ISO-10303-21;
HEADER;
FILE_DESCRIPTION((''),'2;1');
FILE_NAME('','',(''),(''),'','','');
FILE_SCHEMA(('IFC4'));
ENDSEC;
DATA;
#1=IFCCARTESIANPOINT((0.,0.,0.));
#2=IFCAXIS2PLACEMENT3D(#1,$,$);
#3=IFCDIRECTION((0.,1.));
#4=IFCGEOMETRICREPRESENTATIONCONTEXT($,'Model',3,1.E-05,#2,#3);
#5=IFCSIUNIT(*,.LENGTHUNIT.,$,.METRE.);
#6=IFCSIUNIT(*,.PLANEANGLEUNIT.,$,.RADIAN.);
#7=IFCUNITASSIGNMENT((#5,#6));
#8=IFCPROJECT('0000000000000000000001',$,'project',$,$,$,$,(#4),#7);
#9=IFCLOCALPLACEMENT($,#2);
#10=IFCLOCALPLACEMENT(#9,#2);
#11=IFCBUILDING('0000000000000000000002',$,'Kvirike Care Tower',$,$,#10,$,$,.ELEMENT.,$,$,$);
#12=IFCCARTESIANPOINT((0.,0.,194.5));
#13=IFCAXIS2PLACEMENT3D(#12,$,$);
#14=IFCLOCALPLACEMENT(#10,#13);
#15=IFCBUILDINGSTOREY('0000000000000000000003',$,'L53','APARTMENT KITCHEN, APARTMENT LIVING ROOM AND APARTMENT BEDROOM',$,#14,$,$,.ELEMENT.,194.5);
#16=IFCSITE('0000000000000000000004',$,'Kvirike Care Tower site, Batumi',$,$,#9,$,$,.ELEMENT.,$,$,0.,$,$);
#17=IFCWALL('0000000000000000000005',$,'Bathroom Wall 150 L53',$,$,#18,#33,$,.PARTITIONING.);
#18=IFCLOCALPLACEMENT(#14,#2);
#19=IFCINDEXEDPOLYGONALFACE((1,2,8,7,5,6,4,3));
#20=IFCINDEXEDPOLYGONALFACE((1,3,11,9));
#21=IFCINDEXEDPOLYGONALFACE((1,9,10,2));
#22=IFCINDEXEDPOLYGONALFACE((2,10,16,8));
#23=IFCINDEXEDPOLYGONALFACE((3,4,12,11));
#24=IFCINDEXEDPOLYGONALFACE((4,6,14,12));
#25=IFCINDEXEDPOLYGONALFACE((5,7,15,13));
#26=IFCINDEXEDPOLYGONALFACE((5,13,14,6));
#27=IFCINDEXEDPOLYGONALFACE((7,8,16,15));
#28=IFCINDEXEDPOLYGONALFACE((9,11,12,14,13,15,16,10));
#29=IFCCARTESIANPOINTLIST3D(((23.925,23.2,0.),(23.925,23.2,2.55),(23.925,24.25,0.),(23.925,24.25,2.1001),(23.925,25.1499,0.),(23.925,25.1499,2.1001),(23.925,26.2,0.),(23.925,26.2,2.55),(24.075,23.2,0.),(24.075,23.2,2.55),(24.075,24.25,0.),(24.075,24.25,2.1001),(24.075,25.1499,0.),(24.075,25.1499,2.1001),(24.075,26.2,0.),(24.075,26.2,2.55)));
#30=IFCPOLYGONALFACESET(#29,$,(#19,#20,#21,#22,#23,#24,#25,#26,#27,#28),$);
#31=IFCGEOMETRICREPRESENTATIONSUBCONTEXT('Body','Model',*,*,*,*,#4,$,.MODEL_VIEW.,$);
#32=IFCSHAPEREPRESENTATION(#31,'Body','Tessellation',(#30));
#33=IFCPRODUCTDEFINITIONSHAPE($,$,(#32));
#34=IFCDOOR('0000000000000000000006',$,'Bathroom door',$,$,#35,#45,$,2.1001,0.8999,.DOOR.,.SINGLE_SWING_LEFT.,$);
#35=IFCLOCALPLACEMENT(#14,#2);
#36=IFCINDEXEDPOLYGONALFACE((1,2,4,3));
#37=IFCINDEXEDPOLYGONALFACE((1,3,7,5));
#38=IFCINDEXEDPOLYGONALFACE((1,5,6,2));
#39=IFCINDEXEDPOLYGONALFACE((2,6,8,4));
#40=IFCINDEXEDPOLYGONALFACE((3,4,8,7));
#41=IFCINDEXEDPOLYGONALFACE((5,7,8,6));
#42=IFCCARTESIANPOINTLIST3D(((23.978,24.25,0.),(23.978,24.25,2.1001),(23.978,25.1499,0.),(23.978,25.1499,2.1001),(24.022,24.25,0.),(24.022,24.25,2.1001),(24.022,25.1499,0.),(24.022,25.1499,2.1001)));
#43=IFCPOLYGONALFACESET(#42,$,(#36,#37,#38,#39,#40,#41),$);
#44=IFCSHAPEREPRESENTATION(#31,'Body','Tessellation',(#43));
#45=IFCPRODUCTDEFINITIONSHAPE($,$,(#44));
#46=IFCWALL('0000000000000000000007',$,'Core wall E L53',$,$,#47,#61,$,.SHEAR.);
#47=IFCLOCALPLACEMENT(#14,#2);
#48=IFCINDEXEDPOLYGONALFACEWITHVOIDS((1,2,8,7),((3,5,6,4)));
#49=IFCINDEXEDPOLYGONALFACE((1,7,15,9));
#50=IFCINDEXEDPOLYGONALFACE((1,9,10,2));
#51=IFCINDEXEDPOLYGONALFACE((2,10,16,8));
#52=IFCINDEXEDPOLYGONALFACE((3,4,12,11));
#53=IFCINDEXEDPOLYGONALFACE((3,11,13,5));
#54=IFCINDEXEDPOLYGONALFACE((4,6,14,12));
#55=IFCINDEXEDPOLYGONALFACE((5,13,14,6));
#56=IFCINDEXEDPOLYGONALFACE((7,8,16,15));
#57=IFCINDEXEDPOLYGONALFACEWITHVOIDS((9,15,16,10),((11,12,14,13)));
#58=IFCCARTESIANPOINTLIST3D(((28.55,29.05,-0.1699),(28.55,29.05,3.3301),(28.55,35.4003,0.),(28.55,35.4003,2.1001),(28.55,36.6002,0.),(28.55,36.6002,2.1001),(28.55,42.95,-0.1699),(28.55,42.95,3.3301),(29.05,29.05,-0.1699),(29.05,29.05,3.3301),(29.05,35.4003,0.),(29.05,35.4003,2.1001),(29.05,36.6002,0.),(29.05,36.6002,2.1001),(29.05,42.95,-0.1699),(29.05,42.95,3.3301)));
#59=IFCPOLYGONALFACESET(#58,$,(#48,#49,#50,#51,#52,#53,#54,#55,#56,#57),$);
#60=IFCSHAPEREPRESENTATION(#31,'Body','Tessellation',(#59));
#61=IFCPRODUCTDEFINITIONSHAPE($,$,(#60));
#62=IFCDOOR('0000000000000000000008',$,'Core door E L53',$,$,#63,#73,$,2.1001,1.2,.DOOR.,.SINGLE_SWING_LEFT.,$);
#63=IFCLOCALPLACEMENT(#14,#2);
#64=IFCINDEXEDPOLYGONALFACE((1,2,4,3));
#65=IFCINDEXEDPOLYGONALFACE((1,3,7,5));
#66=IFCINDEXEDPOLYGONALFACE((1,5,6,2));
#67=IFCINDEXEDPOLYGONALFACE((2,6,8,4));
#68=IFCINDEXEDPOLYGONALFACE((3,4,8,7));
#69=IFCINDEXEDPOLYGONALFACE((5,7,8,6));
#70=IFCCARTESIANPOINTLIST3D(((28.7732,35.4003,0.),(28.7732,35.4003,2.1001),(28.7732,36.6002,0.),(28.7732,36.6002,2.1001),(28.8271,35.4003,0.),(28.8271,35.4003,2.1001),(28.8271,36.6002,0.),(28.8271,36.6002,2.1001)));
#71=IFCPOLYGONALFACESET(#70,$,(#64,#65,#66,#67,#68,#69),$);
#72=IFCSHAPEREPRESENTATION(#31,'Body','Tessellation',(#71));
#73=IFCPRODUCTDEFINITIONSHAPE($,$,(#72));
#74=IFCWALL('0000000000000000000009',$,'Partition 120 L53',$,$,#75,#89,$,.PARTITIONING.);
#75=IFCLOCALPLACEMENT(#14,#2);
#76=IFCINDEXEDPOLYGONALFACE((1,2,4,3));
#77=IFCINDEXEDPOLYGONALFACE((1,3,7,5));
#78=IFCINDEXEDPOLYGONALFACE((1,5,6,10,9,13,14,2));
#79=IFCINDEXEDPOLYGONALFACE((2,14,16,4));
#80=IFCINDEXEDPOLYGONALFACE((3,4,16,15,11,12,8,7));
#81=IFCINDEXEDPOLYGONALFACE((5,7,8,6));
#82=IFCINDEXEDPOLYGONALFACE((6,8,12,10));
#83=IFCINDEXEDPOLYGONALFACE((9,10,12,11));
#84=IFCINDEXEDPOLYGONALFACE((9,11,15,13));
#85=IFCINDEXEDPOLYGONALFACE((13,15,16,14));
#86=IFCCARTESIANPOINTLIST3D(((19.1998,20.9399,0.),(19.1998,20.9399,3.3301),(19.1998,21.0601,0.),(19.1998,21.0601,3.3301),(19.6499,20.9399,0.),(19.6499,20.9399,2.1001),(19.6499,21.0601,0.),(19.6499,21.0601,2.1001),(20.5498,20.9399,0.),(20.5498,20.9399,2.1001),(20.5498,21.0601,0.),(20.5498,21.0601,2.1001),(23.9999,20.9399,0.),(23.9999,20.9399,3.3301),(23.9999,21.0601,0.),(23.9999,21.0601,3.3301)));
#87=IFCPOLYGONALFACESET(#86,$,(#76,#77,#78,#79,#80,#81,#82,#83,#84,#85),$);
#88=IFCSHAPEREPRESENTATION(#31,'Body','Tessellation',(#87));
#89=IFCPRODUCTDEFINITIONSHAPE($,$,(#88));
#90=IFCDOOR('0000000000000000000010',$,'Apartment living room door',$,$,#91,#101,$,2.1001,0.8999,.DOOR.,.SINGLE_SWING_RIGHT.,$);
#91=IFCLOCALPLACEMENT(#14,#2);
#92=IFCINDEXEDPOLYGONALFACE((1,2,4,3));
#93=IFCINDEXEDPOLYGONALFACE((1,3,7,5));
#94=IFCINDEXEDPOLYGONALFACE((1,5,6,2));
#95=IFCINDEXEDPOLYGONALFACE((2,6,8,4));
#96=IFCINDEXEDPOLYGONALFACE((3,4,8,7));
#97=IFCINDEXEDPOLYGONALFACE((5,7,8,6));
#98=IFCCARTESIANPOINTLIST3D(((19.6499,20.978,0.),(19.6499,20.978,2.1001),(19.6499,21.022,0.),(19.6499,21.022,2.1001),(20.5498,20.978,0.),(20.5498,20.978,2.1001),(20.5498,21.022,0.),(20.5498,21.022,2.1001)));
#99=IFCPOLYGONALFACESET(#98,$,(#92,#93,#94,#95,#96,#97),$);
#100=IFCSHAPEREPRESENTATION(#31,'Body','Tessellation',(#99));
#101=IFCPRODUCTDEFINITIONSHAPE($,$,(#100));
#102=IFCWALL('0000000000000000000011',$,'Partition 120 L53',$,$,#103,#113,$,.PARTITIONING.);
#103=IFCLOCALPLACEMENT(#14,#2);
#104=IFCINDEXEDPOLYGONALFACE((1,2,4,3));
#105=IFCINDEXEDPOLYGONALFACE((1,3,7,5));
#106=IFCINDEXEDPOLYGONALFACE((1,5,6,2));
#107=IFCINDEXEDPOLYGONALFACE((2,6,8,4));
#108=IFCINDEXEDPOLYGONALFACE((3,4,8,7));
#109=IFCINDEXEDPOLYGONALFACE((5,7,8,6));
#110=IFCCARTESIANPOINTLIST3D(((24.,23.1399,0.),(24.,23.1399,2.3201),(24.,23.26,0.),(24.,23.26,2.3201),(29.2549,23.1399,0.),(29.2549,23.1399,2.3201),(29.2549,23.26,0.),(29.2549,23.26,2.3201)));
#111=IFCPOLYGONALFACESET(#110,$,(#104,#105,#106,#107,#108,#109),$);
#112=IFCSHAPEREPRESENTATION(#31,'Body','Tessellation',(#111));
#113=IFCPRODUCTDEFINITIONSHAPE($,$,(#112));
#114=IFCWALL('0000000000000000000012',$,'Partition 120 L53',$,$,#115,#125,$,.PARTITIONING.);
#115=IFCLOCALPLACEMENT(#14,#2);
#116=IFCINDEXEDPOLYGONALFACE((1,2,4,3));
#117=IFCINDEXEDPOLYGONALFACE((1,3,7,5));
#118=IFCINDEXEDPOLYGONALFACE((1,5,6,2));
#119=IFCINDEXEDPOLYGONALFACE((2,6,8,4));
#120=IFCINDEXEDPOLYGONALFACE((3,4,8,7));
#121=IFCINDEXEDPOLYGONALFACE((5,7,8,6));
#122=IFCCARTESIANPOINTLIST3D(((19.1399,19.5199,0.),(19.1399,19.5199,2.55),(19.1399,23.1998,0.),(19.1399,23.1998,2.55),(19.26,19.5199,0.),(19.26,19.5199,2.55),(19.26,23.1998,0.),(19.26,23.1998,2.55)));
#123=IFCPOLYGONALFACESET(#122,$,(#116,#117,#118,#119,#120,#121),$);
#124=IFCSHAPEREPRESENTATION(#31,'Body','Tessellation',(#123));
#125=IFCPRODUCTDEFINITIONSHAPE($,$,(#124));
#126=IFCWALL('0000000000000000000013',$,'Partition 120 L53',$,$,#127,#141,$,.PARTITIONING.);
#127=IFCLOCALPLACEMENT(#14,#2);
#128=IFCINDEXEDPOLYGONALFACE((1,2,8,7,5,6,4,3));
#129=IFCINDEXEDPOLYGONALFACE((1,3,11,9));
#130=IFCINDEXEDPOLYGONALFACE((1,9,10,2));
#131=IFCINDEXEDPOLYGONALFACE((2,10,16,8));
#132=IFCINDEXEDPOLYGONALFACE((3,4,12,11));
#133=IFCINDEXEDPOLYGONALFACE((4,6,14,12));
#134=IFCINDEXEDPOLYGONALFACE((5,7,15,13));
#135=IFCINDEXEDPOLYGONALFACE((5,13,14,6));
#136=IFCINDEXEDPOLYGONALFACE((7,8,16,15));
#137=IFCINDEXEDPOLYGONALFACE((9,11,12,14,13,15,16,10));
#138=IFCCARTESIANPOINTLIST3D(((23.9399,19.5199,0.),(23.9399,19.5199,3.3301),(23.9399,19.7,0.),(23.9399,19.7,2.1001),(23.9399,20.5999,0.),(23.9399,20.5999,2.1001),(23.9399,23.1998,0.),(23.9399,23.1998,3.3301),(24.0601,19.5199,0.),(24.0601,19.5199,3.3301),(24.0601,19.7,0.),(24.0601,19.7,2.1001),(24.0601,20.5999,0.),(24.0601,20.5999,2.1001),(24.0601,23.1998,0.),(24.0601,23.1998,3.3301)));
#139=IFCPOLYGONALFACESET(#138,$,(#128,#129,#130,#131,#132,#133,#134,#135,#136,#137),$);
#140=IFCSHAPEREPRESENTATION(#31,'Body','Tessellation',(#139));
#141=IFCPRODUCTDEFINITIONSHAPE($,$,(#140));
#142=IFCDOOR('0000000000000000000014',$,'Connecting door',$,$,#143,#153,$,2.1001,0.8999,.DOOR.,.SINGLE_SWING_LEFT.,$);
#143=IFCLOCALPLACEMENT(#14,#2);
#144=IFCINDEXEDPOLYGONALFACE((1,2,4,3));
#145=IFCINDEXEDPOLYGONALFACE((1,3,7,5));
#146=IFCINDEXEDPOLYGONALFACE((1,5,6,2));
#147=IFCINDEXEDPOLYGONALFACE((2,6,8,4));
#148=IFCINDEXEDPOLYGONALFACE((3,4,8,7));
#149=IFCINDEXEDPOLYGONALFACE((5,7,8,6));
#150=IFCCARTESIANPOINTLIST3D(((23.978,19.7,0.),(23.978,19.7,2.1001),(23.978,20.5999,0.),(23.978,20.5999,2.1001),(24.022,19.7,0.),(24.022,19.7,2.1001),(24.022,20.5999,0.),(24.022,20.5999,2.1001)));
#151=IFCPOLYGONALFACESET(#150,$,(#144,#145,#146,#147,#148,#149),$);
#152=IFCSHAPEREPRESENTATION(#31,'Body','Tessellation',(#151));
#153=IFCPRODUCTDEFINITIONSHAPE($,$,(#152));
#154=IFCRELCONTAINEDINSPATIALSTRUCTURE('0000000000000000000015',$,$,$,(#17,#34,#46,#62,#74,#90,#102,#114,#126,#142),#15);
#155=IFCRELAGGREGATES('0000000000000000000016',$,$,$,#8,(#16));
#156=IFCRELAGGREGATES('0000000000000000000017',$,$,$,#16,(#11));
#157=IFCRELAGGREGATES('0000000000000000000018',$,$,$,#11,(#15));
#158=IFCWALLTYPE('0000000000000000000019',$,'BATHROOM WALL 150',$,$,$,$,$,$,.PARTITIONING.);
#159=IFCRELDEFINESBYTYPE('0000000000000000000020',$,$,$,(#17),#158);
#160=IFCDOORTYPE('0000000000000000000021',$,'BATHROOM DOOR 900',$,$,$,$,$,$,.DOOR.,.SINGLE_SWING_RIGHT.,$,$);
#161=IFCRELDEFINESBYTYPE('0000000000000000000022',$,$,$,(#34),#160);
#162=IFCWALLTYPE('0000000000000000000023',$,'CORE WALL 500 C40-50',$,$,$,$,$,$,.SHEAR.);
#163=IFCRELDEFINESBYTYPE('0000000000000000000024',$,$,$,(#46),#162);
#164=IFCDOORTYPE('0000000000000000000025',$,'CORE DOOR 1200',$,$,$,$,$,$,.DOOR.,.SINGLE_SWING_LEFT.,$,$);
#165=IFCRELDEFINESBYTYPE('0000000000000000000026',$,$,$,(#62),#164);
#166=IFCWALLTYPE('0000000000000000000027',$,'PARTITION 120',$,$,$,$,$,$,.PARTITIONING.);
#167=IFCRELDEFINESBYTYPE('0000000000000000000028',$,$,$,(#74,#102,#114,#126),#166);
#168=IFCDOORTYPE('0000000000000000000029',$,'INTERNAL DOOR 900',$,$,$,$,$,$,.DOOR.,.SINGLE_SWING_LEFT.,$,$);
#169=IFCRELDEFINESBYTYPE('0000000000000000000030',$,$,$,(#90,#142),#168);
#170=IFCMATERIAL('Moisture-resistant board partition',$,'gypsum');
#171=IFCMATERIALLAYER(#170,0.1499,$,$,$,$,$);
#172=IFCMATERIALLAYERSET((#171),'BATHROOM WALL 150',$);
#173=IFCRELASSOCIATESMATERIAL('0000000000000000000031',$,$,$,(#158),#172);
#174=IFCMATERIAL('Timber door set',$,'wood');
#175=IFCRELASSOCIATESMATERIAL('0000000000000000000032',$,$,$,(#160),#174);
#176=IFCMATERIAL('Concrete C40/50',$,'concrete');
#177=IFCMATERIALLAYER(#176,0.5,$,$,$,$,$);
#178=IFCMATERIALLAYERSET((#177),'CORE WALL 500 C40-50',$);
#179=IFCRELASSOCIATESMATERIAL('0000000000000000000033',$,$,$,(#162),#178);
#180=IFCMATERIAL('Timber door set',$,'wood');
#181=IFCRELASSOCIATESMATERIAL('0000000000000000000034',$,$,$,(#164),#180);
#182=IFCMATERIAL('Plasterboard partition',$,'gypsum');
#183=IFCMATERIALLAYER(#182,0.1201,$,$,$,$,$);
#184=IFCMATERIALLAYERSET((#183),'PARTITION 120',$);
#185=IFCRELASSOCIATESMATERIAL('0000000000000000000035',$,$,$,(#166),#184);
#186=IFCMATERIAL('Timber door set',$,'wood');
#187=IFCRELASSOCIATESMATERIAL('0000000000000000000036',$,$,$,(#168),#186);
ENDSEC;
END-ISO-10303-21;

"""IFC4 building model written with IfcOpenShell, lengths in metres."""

from ifc_helpers import new_model, si_unit, direction, frame, frame_2d, origin, place, context, subcontext, project, spatial, rectangle, extrude, material, layer, layer_set, type_object, element, fill, save


model = new_model("IFC4")

# Units and contexts
model_context = context("Model", 3, precision=1e-05, world=origin(), true_north=direction((0.0, 1.0)))
body_context = subcontext(model_context, "Body", "Model", "MODEL_VIEW")
ifc_project = project(units=[si_unit("LENGTHUNIT", "METRE"), si_unit("PLANEANGLEUNIT", "RADIAN")], contexts=[model_context])

# Site, building, storey
site_placement = place(None, origin())
site = spatial("IfcSite", under=ifc_project, at=site_placement, Name="Kvirike Care Tower site, Batumi", CompositionType="ELEMENT", RefElevation=0.0)
building_placement = place(site_placement, origin())
building = spatial("IfcBuilding", under=site, at=building_placement, Name="Kvirike Care Tower", CompositionType="ELEMENT")
storey_placement = place(building_placement, frame((0.0, 0.0, 194.5)))
storey = spatial("IfcBuildingStorey", under=building, at=storey_placement, Name="L53", Description="APARTMENT KITCHEN, APARTMENT LIVING ROOM AND APARTMENT BEDROOM", CompositionType="ELEMENT", Elevation=194.5)

# Walls, openings, doors
ifc_material_1 = material(Name="Moisture-resistant board partition", Category="gypsum")
ifc_layer_1 = layer(ifc_material_1, 0.1499)
ifc_layer_set_1 = layer_set([ifc_layer_1], Name="BATHROOM WALL 150")
wall_type_1 = type_object("IfcWallType", Name="BATHROOM WALL 150", PredefinedType="PARTITIONING", material=ifc_layer_set_1)
wall_1_placement = place(storey_placement, frame((24.0, 23.2, 0.0), z_axis=(0.0, 0.0, 1.0), x_axis=(0.0, 1.0, 0.0)))
wall_1 = element("IfcWall", 1, at=wall_1_placement, inside=storey, type_object=wall_type_1, Name="Bathroom Wall 150 L53", PredefinedType="PARTITIONING", context=body_context, shape_type="SweptSolid", body=[
    extrude(rectangle(XDim=3.0, YDim=0.1499, at=frame_2d((1.5, 0.0))), origin(), (0.0, 0.0, 1.0), 2.55),
])
opening_1_placement = place(wall_1_placement, frame((1.05, 0.0, 0.0)))
opening_1 = element("IfcOpeningElement", 2, at=opening_1_placement, cuts=wall_1, PredefinedType="OPENING", context=body_context, shape_type="SweptSolid", body=[
    extrude(rectangle(XDim=0.8999, YDim=2.1001, at=frame_2d((0.45, 1.05))), frame((0.0, 0.0854, 0.0), z_axis=(0.0, -1.0, 0.0), x_axis=(1.0, 0.0, 0.0)), (0.0, 0.0, 1.0), 0.1709),
])
ifc_material_2 = material(Name="Timber door set", Category="wood")
door_type_1 = type_object("IfcDoorType", Name="BATHROOM DOOR 900", OperationType="SINGLE_SWING_RIGHT", PredefinedType="DOOR", material=ifc_material_2)
door_1_placement = place(opening_1_placement, frame((0.8999, 0.0, 0.0), z_axis=(0.0, 0.0, 1.0), x_axis=(-1.0, 0.0, 0.0)))
door_1 = element("IfcDoor", 3, at=door_1_placement, inside=storey, type_object=door_type_1, Name="Bathroom door", OperationType="SINGLE_SWING_LEFT", OverallHeight=2.1001, OverallWidth=0.8999, PredefinedType="DOOR", context=body_context, shape_type="SweptSolid", body=[
    extrude(rectangle(XDim=0.8999, YDim=2.1001, at=frame_2d((0.45, 1.05))), frame((0.0, 0.022, 0.0), z_axis=(0.0, -1.0, 0.0), x_axis=(1.0, 0.0, 0.0)), (0.0, 0.0, 1.0), 0.0439),
])
fill(opening_1, door_1)
ifc_material_3 = material(Name="Concrete C40/50", Category="concrete")
ifc_layer_2 = layer(ifc_material_3, 0.5)
ifc_layer_set_2 = layer_set([ifc_layer_2], Name="CORE WALL 500 C40-50")
wall_type_2 = type_object("IfcWallType", Name="CORE WALL 500 C40-50", PredefinedType="SHEAR", material=ifc_layer_set_2)
wall_2_placement = place(storey_placement, frame((28.8, 29.05, -0.1699), z_axis=(0.0, 0.0, 1.0), x_axis=(0.0, 1.0, 0.0)))
wall_2 = element("IfcWall", 4, at=wall_2_placement, inside=storey, type_object=wall_type_2, Name="Core wall E L53", PredefinedType="SHEAR", context=body_context, shape_type="SweptSolid", body=[
    extrude(rectangle(XDim=13.8999, YDim=0.5, at=frame_2d((6.95, 0.0))), origin(), (0.0, 0.0, 1.0), 3.5),
])
opening_2_placement = place(wall_2_placement, frame((6.3501, 0.0, 0.1699)))
opening_2 = element("IfcOpeningElement", 5, at=opening_2_placement, cuts=wall_2, PredefinedType="OPENING", context=body_context, shape_type="SweptSolid", body=[
    extrude(rectangle(XDim=1.2, YDim=2.1001, at=frame_2d((0.6001, 1.05))), frame((0.0, 0.2605, 0.0), z_axis=(0.0, -1.0, 0.0), x_axis=(1.0, 0.0, 0.0)), (0.0, 0.0, 1.0), 0.521),
])
ifc_material_4 = material(Name="Timber door set", Category="wood")
door_type_2 = type_object("IfcDoorType", Name="CORE DOOR 1200", OperationType="SINGLE_SWING_LEFT", PredefinedType="DOOR", material=ifc_material_4)
door_2_placement = place(opening_2_placement, origin())
door_2 = element("IfcDoor", 6, at=door_2_placement, inside=storey, type_object=door_type_2, Name="Core door E L53", OperationType="SINGLE_SWING_LEFT", OverallHeight=2.1001, OverallWidth=1.2, PredefinedType="DOOR", context=body_context, shape_type="SweptSolid", body=[
    extrude(rectangle(XDim=1.2, YDim=2.1001, at=frame_2d((0.6001, 1.05))), frame((0.0, 0.0269, 0.0), z_axis=(0.0, -1.0, 0.0), x_axis=(1.0, 0.0, 0.0)), (0.0, 0.0, 1.0), 0.054),
])
fill(opening_2, door_2)
ifc_material_5 = material(Name="Plasterboard partition", Category="gypsum")
ifc_layer_3 = layer(ifc_material_5, 0.1201)
ifc_layer_set_3 = layer_set([ifc_layer_3], Name="PARTITION 120")
wall_type_3 = type_object("IfcWallType", Name="PARTITION 120", PredefinedType="PARTITIONING", material=ifc_layer_set_3)
wall_3_placement = place(storey_placement, frame((19.2, 21.0, 0.0), z_axis=(0.0, 0.0, 1.0), x_axis=(1.0, 0.0, 0.0)))
wall_3 = element("IfcWall", 7, at=wall_3_placement, inside=storey, type_object=wall_type_3, Name="Partition 120 L53", PredefinedType="PARTITIONING", context=body_context, shape_type="SweptSolid", body=[
    extrude(rectangle(XDim=4.8, YDim=0.1201, at=frame_2d((2.3999, 0.0))), origin(), (0.0, 0.0, 1.0), 3.3301),
])
opening_3_placement = place(wall_3_placement, frame((0.45, 0.0, 0.0)))
opening_3 = element("IfcOpeningElement", 8, at=opening_3_placement, cuts=wall_3, PredefinedType="OPENING", context=body_context, shape_type="SweptSolid", body=[
    extrude(rectangle(XDim=0.8999, YDim=2.1001, at=frame_2d((0.45, 1.05))), frame((0.0, 0.0706, 0.0), z_axis=(0.0, -1.0, 0.0), x_axis=(1.0, 0.0, 0.0)), (0.0, 0.0, 1.0), 0.1411),
])
ifc_material_6 = material(Name="Timber door set", Category="wood")
door_type_3 = type_object("IfcDoorType", Name="INTERNAL DOOR 900", OperationType="SINGLE_SWING_LEFT", PredefinedType="DOOR", material=ifc_material_6)
door_3_placement = place(opening_3_placement, origin())
door_3 = element("IfcDoor", 9, at=door_3_placement, inside=storey, type_object=door_type_3, Name="Apartment living room door", OperationType="SINGLE_SWING_RIGHT", OverallHeight=2.1001, OverallWidth=0.8999, PredefinedType="DOOR", context=body_context, shape_type="SweptSolid", body=[
    extrude(rectangle(XDim=0.8999, YDim=2.1001, at=frame_2d((0.45, 1.05))), frame((0.0, 0.022, 0.0), z_axis=(0.0, -1.0, 0.0), x_axis=(1.0, 0.0, 0.0)), (0.0, 0.0, 1.0), 0.0439),
])
fill(opening_3, door_3)

# Walls
wall_4_placement = place(storey_placement, frame((24.0, 23.2, 0.0), z_axis=(0.0, 0.0, 1.0), x_axis=(1.0, 0.0, 0.0)))
element("IfcWall", 10, at=wall_4_placement, inside=storey, type_object=wall_type_3, Name="Partition 120 L53", PredefinedType="PARTITIONING", context=body_context, shape_type="SweptSolid", body=[
    extrude(rectangle(XDim=5.2549, YDim=0.1201, at=frame_2d((2.6274, 0.0))), origin(), (0.0, 0.0, 1.0), 2.3201),
])
wall_5_placement = place(storey_placement, frame((19.2, 19.52, 0.0), z_axis=(0.0, 0.0, 1.0), x_axis=(0.0, 1.0, 0.0)))
element("IfcWall", 11, at=wall_5_placement, inside=storey, type_object=wall_type_3, Name="Partition 120 L53", PredefinedType="PARTITIONING", context=body_context, shape_type="SweptSolid", body=[
    extrude(rectangle(XDim=3.6799, YDim=0.1201, at=frame_2d((1.8398, 0.0))), origin(), (0.0, 0.0, 1.0), 2.55),
])

# Wall, opening, door
wall_6_placement = place(storey_placement, frame((24.0, 19.52, 0.0), z_axis=(0.0, 0.0, 1.0), x_axis=(0.0, 1.0, 0.0)))
wall_6 = element("IfcWall", 12, at=wall_6_placement, inside=storey, type_object=wall_type_3, Name="Partition 120 L53", PredefinedType="PARTITIONING", context=body_context, shape_type="SweptSolid", body=[
    extrude(rectangle(XDim=3.6799, YDim=0.1201, at=frame_2d((1.8398, 0.0))), origin(), (0.0, 0.0, 1.0), 3.3301),
])
opening_4_placement = place(wall_6_placement, frame((0.1799, 0.0, 0.0)))
opening_4 = element("IfcOpeningElement", 13, at=opening_4_placement, cuts=wall_6, PredefinedType="OPENING", context=body_context, shape_type="SweptSolid", body=[
    extrude(rectangle(XDim=0.8999, YDim=2.1001, at=frame_2d((0.45, 1.05))), frame((0.0, 0.0706, 0.0), z_axis=(0.0, -1.0, 0.0), x_axis=(1.0, 0.0, 0.0)), (0.0, 0.0, 1.0), 0.1411),
])
door_4_placement = place(opening_4_placement, frame((0.8999, 0.0, 0.0), z_axis=(0.0, 0.0, 1.0), x_axis=(-1.0, 0.0, 0.0)))
door_4 = element("IfcDoor", 14, at=door_4_placement, inside=storey, type_object=door_type_3, Name="Connecting door", OperationType="SINGLE_SWING_LEFT", OverallHeight=2.1001, OverallWidth=0.8999, PredefinedType="DOOR", context=body_context, shape_type="SweptSolid", body=[
    extrude(rectangle(XDim=0.8999, YDim=2.1001, at=frame_2d((0.45, 1.05))), frame((0.0, 0.022, 0.0), z_axis=(0.0, -1.0, 0.0), x_axis=(1.0, 0.0, 0.0)), (0.0, 0.0, 1.0), 0.0439),
])
fill(opening_4, door_4)

save(model, "model.ifc")
